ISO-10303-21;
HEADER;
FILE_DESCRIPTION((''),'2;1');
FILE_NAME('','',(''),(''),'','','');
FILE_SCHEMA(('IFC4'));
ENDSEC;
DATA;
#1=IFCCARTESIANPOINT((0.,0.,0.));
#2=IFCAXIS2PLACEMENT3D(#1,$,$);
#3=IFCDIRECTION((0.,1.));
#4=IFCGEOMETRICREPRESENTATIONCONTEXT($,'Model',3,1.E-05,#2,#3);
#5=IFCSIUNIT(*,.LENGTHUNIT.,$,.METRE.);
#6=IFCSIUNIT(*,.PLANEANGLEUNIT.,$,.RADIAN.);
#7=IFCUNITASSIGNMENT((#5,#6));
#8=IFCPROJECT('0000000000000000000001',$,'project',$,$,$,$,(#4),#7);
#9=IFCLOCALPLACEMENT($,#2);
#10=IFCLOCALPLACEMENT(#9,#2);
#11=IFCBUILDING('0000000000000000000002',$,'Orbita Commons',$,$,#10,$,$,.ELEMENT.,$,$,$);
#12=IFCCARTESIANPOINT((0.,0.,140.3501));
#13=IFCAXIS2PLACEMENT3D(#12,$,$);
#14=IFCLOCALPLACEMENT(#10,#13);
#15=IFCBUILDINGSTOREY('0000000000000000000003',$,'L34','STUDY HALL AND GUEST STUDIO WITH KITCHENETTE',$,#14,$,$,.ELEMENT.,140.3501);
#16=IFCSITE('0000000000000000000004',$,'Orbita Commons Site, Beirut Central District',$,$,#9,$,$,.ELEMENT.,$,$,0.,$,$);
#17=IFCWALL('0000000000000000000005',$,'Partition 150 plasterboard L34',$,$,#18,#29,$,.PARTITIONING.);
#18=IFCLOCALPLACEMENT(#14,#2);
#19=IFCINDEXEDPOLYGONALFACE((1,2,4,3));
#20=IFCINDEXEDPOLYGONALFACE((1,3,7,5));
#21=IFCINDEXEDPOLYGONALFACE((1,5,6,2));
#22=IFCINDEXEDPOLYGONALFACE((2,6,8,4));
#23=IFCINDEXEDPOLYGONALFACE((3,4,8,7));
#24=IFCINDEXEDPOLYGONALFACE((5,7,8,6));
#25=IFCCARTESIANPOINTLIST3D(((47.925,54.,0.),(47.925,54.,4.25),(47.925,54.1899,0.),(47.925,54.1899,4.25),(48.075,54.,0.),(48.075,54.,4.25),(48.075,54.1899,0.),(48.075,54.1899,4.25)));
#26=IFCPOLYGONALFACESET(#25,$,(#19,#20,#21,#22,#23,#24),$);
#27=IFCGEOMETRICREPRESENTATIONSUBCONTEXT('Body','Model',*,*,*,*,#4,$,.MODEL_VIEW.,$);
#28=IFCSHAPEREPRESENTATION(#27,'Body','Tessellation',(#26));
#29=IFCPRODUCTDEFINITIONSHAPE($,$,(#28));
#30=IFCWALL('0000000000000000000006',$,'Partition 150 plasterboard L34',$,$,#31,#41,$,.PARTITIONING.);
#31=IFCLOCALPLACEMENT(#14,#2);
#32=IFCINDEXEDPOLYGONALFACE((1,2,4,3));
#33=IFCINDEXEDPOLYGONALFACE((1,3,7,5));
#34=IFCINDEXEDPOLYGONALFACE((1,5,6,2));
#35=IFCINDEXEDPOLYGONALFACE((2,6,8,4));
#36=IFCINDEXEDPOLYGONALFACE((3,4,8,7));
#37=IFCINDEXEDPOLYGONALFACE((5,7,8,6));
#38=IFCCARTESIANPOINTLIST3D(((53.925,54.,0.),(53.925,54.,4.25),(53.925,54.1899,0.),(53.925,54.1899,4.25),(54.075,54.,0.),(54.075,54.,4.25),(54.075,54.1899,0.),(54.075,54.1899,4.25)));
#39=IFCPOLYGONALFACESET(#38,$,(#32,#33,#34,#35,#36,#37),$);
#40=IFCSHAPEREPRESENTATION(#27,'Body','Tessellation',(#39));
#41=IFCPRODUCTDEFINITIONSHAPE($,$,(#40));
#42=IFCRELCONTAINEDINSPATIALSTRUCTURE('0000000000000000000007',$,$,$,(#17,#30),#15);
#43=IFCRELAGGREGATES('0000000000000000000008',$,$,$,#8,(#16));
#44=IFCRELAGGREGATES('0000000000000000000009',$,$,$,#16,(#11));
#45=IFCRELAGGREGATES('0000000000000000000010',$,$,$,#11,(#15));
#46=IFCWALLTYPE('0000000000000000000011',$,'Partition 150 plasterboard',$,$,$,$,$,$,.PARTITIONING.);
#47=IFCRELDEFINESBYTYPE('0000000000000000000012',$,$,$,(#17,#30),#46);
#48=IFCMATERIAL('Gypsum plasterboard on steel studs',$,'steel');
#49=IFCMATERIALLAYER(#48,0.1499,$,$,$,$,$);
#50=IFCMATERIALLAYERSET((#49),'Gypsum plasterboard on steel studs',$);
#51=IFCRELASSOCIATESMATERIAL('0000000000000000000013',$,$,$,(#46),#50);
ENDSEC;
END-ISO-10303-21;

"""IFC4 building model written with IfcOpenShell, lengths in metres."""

from ifc_helpers import new_model, si_unit, direction, frame, frame_2d, origin, place, context, subcontext, project, spatial, rectangle, extrude, material, layer, layer_set, type_object, element, save


model = new_model("IFC4")

# Units and contexts
model_context = context("Model", 3, precision=1e-05, world=origin(), true_north=direction((0.0, 1.0)))
body_context = subcontext(model_context, "Body", "Model", "MODEL_VIEW")
ifc_project = project(units=[si_unit("LENGTHUNIT", "METRE"), si_unit("PLANEANGLEUNIT", "RADIAN")], contexts=[model_context])

# Site, building, storey
site_placement = place(None, origin())
site = spatial("IfcSite", under=ifc_project, at=site_placement, Name="Orbita Commons Site, Beirut Central District", CompositionType="ELEMENT", RefElevation=0.0)
building_placement = place(site_placement, origin())
building = spatial("IfcBuilding", under=site, at=building_placement, Name="Orbita Commons", CompositionType="ELEMENT")
storey_placement = place(building_placement, frame((0.0, 0.0, 140.3501)))
storey = spatial("IfcBuildingStorey", under=building, at=storey_placement, Name="L34", Description="STUDY HALL AND GUEST STUDIO WITH KITCHENETTE", CompositionType="ELEMENT", Elevation=140.3501)

# Walls
ifc_material_1 = material(Name="Gypsum plasterboard on steel studs", Category="steel")
ifc_layer_1 = layer(ifc_material_1, 0.1499)
ifc_layer_set_1 = layer_set([ifc_layer_1], Name="Gypsum plasterboard on steel studs")
wall_type_1 = type_object("IfcWallType", Name="Partition 150 plasterboard", PredefinedType="PARTITIONING", material=ifc_layer_set_1)
for number, where, z_axis, x_axis, name in (
    (1, (48.0, 54.0, 0.0), (0.0, 0.0, 1.0), (0.0, 1.0, 0.0), "Partition 150 plasterboard L34"),
    (2, (54.0, 54.0, 0.0), (0.0, 0.0, 1.0), (0.0, 1.0, 0.0), "Partition 150 plasterboard L34"),
):
    element("IfcWall", number, at=place(storey_placement, frame(where, z_axis=z_axis, x_axis=x_axis)), inside=storey, type_object=wall_type_1, Name=name, PredefinedType="PARTITIONING", context=body_context, shape_type="SweptSolid", body=[
        extrude(rectangle(XDim=0.1899, YDim=0.1499, at=frame_2d((0.095, 0.0))), origin(), (0.0, 0.0, 1.0), 4.25),
    ])

save(model, "model.ifc")
